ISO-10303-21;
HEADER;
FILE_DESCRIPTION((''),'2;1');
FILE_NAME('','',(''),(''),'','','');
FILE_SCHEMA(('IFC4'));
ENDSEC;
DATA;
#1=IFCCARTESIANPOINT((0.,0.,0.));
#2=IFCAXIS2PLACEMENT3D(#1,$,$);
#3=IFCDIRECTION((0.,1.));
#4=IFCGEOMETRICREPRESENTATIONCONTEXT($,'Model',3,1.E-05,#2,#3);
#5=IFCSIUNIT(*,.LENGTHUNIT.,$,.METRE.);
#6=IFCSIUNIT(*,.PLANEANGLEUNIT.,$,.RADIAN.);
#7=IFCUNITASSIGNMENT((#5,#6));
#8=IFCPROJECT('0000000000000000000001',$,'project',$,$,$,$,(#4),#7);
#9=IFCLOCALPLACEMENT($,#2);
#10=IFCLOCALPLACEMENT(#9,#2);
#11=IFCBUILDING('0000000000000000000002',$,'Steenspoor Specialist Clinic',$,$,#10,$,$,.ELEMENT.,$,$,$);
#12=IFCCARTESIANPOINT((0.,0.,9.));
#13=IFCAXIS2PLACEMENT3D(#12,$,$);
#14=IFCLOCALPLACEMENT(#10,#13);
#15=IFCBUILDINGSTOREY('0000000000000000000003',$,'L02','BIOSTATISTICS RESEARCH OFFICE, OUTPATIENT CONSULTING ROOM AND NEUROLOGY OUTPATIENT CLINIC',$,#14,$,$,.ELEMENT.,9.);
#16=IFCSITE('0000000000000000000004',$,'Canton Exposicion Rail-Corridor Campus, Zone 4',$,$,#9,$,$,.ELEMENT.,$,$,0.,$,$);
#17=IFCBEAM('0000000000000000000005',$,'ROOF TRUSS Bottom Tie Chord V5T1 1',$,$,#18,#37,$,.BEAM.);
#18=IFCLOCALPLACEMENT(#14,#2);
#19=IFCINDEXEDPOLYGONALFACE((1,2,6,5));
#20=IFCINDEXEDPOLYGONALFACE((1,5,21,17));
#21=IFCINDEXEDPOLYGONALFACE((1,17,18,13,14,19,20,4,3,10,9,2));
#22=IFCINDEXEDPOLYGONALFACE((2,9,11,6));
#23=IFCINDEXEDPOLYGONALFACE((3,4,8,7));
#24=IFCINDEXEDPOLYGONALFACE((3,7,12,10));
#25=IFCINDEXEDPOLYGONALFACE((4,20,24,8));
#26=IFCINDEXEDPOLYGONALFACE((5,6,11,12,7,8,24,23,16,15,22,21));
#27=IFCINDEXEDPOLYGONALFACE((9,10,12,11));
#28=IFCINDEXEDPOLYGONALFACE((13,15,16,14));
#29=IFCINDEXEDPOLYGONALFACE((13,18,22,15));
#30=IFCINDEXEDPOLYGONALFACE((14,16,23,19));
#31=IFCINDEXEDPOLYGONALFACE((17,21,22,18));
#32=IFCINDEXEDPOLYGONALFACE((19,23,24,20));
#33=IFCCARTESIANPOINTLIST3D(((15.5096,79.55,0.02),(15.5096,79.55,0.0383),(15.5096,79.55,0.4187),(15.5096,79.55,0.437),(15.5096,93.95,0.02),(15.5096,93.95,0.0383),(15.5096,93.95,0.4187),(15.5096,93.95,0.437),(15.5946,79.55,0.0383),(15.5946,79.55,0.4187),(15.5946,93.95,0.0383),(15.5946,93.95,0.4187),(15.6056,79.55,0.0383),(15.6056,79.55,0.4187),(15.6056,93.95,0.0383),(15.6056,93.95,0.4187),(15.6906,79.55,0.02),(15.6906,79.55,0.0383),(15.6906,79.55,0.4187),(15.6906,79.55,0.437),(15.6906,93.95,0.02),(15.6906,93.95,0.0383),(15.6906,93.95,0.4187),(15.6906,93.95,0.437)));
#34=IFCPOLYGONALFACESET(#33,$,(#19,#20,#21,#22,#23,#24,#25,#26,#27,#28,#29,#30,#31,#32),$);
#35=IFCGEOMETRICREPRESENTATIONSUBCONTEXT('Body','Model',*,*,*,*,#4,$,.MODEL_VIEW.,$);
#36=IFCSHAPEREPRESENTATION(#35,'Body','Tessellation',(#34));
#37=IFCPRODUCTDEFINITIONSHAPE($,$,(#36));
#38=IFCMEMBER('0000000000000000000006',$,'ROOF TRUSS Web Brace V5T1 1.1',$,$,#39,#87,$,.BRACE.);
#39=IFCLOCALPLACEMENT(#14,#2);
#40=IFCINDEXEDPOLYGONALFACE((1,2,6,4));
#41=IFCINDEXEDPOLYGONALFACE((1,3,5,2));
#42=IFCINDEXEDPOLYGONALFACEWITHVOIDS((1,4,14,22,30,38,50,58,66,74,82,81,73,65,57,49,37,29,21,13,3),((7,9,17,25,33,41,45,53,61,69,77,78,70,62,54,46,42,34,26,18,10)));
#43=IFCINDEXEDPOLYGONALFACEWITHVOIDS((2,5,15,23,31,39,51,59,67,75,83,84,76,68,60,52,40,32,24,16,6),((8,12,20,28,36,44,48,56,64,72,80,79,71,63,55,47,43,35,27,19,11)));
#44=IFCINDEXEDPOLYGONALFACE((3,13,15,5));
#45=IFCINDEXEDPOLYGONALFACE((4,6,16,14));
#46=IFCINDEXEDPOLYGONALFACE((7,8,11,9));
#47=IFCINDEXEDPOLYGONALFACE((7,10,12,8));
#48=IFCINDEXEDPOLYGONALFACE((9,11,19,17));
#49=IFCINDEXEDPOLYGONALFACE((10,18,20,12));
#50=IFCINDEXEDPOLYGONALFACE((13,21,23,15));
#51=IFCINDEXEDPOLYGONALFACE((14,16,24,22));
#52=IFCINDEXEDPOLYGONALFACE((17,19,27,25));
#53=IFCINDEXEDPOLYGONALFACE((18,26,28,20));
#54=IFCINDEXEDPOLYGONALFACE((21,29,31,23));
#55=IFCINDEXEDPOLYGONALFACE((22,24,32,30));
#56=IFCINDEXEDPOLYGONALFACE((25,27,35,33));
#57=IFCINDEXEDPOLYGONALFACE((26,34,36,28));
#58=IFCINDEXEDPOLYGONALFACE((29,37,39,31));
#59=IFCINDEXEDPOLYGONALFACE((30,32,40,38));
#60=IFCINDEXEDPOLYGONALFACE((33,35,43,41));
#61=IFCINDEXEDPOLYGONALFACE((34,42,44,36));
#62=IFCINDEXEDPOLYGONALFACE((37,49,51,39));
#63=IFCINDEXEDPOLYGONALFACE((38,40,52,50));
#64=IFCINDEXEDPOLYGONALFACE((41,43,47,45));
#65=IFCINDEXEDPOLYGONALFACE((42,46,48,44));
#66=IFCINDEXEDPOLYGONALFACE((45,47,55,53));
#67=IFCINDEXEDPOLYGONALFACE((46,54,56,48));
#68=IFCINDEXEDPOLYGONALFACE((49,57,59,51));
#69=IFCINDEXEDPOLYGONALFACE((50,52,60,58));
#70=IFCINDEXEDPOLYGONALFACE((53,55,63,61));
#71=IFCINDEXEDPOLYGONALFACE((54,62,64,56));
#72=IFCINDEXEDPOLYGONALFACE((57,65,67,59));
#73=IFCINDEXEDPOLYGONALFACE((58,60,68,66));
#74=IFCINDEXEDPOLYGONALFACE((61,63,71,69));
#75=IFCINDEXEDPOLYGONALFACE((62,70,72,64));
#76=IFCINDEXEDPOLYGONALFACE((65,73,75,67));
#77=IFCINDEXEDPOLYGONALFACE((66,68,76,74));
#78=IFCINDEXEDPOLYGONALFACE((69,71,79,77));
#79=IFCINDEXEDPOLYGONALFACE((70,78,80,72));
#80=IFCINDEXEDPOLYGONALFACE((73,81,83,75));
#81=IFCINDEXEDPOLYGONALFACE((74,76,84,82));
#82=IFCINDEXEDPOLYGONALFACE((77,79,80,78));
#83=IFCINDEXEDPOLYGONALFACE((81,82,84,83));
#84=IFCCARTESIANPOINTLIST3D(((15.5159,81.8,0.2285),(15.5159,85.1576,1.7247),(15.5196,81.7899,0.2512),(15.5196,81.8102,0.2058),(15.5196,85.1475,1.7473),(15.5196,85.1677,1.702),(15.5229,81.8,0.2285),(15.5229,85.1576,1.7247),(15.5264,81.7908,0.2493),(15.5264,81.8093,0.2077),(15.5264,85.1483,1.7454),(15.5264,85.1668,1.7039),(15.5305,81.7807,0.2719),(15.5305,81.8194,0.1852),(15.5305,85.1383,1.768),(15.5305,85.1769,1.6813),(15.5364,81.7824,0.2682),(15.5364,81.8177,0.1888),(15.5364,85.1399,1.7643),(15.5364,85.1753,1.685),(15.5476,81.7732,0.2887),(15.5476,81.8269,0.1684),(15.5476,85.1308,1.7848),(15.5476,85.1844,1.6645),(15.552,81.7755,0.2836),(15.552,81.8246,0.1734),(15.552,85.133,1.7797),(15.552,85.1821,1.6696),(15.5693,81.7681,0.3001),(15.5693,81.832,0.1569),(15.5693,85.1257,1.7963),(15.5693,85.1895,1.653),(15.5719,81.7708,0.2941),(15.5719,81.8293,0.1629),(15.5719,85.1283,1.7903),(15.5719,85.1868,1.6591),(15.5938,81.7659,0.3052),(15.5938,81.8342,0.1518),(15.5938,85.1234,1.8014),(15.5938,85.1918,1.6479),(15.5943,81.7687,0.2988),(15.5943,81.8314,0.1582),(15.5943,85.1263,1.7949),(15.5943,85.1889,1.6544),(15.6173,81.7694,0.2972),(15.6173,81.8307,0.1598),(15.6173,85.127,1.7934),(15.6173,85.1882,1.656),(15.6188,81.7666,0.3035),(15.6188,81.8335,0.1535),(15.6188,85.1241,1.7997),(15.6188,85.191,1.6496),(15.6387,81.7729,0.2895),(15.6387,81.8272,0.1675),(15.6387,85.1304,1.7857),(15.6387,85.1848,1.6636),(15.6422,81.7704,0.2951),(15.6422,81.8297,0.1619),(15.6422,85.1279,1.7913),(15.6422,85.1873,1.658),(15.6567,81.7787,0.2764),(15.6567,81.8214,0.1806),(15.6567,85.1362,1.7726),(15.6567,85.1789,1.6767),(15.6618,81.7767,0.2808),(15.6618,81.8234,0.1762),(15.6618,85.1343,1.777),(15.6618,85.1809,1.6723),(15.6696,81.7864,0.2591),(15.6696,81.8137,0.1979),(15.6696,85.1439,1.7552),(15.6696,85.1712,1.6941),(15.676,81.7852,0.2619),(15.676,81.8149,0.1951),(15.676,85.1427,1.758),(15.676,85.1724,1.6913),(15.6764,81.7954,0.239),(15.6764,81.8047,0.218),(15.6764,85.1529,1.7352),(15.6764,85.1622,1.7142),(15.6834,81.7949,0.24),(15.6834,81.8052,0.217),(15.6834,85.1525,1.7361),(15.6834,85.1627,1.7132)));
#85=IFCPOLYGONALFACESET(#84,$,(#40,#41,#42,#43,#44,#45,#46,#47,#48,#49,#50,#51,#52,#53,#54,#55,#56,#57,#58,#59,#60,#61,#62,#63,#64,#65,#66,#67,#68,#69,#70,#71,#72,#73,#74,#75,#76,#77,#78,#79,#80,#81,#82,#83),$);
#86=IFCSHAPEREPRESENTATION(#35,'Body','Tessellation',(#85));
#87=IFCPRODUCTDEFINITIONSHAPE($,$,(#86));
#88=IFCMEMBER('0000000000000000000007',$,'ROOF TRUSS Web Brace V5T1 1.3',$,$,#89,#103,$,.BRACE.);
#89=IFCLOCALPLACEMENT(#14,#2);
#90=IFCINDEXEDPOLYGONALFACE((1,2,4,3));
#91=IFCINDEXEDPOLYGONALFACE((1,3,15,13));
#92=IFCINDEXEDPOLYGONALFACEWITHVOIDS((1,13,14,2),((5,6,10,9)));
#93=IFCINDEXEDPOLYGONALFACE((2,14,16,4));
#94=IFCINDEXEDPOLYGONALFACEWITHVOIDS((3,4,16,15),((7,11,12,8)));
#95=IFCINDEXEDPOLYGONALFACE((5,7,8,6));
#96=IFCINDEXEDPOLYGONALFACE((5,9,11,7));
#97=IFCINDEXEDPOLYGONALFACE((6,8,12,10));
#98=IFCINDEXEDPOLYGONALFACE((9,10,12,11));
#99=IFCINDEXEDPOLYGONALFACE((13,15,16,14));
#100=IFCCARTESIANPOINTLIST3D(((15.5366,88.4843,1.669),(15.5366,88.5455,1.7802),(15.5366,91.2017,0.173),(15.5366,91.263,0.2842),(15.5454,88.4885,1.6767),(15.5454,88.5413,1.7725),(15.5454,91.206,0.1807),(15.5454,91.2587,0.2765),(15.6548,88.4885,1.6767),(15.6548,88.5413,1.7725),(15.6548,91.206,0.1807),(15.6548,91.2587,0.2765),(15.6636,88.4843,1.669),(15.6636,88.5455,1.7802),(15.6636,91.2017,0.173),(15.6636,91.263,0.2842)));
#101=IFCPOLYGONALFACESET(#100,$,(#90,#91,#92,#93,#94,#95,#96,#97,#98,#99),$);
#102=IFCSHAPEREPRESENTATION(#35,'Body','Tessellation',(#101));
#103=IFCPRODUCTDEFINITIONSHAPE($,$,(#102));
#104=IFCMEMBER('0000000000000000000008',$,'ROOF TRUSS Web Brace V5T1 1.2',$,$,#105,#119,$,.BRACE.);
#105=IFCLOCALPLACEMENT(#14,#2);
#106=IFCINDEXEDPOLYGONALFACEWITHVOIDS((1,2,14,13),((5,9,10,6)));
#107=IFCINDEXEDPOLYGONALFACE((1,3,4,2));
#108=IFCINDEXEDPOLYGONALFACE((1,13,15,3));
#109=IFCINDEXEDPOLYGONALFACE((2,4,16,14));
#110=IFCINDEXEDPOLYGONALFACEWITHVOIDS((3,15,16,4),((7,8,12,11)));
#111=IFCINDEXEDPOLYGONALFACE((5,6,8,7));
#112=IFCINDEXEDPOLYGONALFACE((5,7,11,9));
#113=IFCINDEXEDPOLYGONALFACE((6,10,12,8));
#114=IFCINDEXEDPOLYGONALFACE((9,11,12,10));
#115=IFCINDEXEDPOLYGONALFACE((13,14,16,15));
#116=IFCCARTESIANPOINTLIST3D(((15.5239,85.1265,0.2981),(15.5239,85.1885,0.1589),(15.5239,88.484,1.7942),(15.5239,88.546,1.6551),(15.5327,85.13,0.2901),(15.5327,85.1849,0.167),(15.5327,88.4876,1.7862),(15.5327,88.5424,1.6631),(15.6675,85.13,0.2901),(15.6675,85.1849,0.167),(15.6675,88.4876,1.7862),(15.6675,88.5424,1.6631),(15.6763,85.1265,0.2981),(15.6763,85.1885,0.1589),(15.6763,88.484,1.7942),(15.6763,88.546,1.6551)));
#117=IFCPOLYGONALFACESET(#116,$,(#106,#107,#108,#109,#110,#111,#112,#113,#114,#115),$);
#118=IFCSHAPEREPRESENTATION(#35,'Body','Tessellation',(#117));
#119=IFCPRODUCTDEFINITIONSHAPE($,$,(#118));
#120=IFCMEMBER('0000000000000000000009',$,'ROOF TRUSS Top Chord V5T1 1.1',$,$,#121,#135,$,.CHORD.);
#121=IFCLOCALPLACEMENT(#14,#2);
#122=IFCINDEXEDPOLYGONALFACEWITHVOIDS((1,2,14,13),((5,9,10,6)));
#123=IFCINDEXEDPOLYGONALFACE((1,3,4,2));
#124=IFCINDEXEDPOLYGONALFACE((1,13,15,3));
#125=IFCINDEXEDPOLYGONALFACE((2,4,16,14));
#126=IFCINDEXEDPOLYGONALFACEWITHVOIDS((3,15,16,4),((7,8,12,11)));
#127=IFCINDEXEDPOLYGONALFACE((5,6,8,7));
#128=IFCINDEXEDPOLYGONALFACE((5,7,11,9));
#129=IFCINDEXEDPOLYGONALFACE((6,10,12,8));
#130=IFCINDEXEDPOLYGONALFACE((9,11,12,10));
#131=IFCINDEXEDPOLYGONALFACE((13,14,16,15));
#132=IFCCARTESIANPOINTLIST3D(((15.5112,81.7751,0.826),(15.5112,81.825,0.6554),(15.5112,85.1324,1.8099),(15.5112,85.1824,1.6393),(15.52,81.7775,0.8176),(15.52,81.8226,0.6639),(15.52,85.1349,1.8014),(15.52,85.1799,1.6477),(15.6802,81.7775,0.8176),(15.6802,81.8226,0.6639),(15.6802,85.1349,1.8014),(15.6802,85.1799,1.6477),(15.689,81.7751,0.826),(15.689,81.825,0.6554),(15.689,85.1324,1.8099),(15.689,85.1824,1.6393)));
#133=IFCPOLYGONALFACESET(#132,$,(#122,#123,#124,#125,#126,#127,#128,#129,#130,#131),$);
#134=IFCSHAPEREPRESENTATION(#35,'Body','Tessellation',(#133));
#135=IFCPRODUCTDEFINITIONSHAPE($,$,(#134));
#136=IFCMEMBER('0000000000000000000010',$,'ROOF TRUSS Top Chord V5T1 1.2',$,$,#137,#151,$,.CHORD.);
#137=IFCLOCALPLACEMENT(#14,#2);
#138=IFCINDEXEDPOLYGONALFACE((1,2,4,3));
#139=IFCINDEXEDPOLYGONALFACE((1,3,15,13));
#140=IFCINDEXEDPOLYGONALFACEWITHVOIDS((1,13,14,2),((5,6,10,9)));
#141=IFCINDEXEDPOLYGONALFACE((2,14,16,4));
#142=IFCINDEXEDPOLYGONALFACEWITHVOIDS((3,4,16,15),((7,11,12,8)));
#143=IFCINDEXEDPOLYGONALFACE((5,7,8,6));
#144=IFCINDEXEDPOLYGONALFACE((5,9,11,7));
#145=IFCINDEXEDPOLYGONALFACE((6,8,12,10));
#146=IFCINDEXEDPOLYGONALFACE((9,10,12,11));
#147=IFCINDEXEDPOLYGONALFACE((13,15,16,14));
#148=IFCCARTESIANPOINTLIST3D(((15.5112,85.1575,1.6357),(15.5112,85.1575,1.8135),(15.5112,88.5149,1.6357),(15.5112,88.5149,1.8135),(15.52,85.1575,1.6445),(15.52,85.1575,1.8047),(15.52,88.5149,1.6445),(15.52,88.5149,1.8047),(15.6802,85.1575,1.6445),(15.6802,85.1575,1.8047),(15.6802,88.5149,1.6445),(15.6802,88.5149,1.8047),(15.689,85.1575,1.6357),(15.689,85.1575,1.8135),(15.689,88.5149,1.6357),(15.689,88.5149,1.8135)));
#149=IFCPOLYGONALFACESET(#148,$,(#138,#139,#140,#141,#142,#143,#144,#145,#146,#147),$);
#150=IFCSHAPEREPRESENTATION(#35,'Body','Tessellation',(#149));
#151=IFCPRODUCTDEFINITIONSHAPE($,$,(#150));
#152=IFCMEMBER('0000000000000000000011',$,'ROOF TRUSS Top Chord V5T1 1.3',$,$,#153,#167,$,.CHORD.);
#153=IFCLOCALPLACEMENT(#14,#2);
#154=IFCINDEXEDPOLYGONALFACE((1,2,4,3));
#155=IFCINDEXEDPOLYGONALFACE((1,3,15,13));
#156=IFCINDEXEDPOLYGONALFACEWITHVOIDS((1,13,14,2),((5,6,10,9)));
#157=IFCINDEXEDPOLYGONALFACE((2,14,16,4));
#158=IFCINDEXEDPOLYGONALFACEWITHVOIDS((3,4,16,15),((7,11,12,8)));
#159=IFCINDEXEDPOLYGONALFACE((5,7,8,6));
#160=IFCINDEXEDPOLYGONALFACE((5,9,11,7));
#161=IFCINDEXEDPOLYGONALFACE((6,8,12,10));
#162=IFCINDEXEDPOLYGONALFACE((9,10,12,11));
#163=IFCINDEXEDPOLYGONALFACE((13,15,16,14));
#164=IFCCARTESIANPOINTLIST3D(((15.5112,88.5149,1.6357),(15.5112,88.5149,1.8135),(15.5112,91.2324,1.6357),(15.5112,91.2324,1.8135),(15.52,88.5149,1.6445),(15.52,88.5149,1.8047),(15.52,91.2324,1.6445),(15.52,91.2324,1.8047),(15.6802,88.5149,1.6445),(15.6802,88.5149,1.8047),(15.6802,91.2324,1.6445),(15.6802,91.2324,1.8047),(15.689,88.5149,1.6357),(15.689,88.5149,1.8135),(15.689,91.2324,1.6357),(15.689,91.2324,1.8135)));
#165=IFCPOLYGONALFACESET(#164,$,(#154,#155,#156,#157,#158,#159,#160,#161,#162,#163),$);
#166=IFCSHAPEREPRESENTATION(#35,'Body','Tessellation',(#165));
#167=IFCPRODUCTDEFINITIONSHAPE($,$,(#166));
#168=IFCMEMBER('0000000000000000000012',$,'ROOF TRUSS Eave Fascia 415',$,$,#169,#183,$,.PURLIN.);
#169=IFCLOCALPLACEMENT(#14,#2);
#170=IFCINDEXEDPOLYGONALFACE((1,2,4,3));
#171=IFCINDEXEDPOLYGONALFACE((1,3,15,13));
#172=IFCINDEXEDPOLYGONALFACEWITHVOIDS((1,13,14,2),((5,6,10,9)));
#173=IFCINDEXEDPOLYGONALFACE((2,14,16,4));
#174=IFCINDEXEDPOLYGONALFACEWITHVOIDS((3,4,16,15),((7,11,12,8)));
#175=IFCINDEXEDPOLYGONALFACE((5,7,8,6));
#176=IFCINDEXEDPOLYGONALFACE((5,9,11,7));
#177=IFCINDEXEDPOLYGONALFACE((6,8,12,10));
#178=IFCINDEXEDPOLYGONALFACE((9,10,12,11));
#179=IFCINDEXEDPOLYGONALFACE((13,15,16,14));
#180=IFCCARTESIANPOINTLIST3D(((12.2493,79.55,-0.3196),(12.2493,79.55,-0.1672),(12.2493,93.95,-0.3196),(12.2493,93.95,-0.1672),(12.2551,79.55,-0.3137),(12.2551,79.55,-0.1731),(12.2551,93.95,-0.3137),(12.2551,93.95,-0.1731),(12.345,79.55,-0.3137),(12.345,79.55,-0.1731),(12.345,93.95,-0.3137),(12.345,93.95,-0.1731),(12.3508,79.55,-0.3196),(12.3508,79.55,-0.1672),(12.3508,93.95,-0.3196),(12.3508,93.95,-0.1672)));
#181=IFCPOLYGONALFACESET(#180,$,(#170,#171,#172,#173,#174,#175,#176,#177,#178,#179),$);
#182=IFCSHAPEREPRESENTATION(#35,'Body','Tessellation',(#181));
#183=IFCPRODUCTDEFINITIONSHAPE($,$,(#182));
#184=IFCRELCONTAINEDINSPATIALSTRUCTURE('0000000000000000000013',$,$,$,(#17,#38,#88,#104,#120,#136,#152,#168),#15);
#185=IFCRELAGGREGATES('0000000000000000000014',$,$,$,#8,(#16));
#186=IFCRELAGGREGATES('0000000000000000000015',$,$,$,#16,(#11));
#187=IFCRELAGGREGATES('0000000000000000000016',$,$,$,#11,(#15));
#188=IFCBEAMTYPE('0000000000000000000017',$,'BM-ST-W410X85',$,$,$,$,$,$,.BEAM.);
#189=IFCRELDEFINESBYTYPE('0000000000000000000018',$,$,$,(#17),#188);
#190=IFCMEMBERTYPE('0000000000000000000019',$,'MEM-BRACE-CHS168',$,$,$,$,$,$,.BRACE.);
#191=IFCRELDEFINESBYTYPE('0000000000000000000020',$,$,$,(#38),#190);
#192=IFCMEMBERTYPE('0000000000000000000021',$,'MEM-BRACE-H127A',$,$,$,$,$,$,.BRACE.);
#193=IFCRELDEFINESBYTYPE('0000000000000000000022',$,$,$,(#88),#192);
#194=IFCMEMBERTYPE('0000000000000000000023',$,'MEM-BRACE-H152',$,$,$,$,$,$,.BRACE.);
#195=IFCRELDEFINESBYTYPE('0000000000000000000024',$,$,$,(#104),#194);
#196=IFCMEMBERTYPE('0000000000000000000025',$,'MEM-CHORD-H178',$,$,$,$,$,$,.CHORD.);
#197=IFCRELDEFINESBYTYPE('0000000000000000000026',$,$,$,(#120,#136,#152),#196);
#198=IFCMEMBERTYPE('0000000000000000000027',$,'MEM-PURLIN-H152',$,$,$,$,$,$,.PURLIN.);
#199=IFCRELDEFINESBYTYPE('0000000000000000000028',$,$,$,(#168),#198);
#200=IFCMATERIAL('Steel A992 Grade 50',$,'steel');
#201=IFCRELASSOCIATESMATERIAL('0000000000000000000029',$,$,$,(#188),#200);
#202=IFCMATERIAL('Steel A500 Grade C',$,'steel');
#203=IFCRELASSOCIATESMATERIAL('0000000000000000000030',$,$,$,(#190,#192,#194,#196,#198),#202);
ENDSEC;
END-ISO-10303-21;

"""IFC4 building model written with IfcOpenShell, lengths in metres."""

from ifc_helpers import new_model, si_unit, direction, frame, origin, origin_2d, place, context, subcontext, project, spatial, hollow_rectangle, hollow_circle, i_section, extrude, material, material_profile, profile_set, type_object, element, save


model = new_model("IFC4")

# Units and contexts
model_context = context("Model", 3, precision=1e-05, world=origin(), true_north=direction((0.0, 1.0)))
body_context = subcontext(model_context, "Body", "Model", "MODEL_VIEW")
ifc_project = project(units=[si_unit("LENGTHUNIT", "METRE"), si_unit("PLANEANGLEUNIT", "RADIAN")], contexts=[model_context])

# Site, building, storey
site_placement = place(None, origin())
site = spatial("IfcSite", under=ifc_project, at=site_placement, Name="Canton Exposicion Rail-Corridor Campus, Zone 4", CompositionType="ELEMENT", RefElevation=0.0)
building_placement = place(site_placement, origin())
building = spatial("IfcBuilding", under=site, at=building_placement, Name="Steenspoor Specialist Clinic", CompositionType="ELEMENT")
storey_placement = place(building_placement, frame((0.0, 0.0, 9.0)))
storey = spatial("IfcBuildingStorey", under=building, at=storey_placement, Name="L02", Description="BIOSTATISTICS RESEARCH OFFICE, OUTPATIENT CONSULTING ROOM AND NEUROLOGY OUTPATIENT CLINIC", CompositionType="ELEMENT", Elevation=9.0)

# Beam
ifc_material_1 = material(Name="Steel A992 Grade 50", Category="steel")
ifc_material_profile_1 = material_profile(ifc_material_1, i_section(OverallWidth=0.1809, OverallDepth=0.417, WebThickness=0.011, FlangeThickness=0.0183, at=origin_2d()), Name="W410X85")
ifc_profile_set_1 = profile_set([ifc_material_profile_1], Name="Steel A992 Grade 50")
beam_type = type_object("IfcBeamType", Name="BM-ST-W410X85", PredefinedType="BEAM", material=ifc_profile_set_1)
beam_placement = place(storey_placement, frame((15.6001, 79.55, 0.2285), z_axis=(0.0, 1.0, 0.0), x_axis=(-1.0, 0.0, 0.0)))
element("IfcBeam", 1, at=beam_placement, inside=storey, type_object=beam_type, Name="ROOF TRUSS Bottom Tie Chord V5T1 1", PredefinedType="BEAM", context=body_context, shape_type="SweptSolid", body=[
    extrude(i_section(OverallWidth=0.1809, OverallDepth=0.417, WebThickness=0.011, FlangeThickness=0.0183, at=origin_2d()), origin(), (0.0, 0.0, 1.0), 14.3999),
])

# Members
ifc_material_2 = material(Name="Steel A500 Grade C", Category="steel")
ifc_material_profile_2 = material_profile(ifc_material_2, hollow_circle(Radius=0.0842, WallThickness=0.0071, at=origin_2d()), Name="CHS168X7.1")
ifc_profile_set_2 = profile_set([ifc_material_profile_2], Name="Steel A500 Grade C")
member_type_1 = type_object("IfcMemberType", Name="MEM-BRACE-CHS168", PredefinedType="BRACE", material=ifc_profile_set_2)
member_1_placement = place(storey_placement, frame((15.6001, 81.8, 0.2285), z_axis=(0.0, 0.913417, 0.407026), x_axis=(-1.0, 0.0, 0.0)))
element("IfcMember", 2, at=member_1_placement, inside=storey, type_object=member_type_1, Name="ROOF TRUSS Web Brace V5T1 1.1", PredefinedType="BRACE", context=body_context, shape_type="SweptSolid", body=[
    extrude(hollow_circle(Radius=0.0842, WallThickness=0.0071, at=origin_2d()), origin(), (0.0, 0.0, 1.0), 3.6758),
])
ifc_material_profile_3 = material_profile(ifc_material_2, hollow_rectangle(XDim=0.127, YDim=0.127, WallThickness=0.0088, at=origin_2d()), Name="HSS127X127X9.5")
ifc_profile_set_3 = profile_set([ifc_material_profile_3], Name="Steel A500 Grade C")
member_type_2 = type_object("IfcMemberType", Name="MEM-BRACE-H127A", PredefinedType="BRACE", material=ifc_profile_set_3)
member_2_placement = place(storey_placement, frame((15.6001, 88.5149, 1.7246), z_axis=(0.0, 0.876018, -0.482278), x_axis=(-1.0, 0.0, 0.0)))
element("IfcMember", 3, at=member_2_placement, inside=storey, type_object=member_type_2, Name="ROOF TRUSS Web Brace V5T1 1.3", PredefinedType="BRACE", context=body_context, shape_type="SweptSolid", body=[
    extrude(hollow_rectangle(XDim=0.127, YDim=0.127, WallThickness=0.0088, at=origin_2d()), origin(), (0.0, 0.0, 1.0), 3.1021),
])
ifc_material_profile_4 = material_profile(ifc_material_2, hollow_rectangle(XDim=0.1523, YDim=0.1523, WallThickness=0.0088, at=origin_2d()), Name="HSS152X152X9.5")
ifc_profile_set_4 = profile_set([ifc_material_profile_4], Name="Steel A500 Grade C")
member_type_3 = type_object("IfcMemberType", Name="MEM-BRACE-H152", PredefinedType="BRACE", material=ifc_profile_set_4)
member_3_placement = place(storey_placement, frame((15.6001, 85.1575, 0.2285), z_axis=(0.0, 0.913417, 0.407026), x_axis=(-1.0, 0.0, 0.0)))
element("IfcMember", 4, at=member_3_placement, inside=storey, type_object=member_type_3, Name="ROOF TRUSS Web Brace V5T1 1.2", PredefinedType="BRACE", context=body_context, shape_type="SweptSolid", body=[
    extrude(hollow_rectangle(XDim=0.1523, YDim=0.1523, WallThickness=0.0088, at=origin_2d()), origin(), (0.0, 0.0, 1.0), 3.6758),
])
ifc_material_profile_5 = material_profile(ifc_material_2, hollow_rectangle(XDim=0.1777, YDim=0.1777, WallThickness=0.0088, at=origin_2d()), Name="HSS178X178X9.5")
ifc_profile_set_5 = profile_set([ifc_material_profile_5], Name="Steel A500 Grade C")
member_type_4 = type_object("IfcMemberType", Name="MEM-CHORD-H178", PredefinedType="CHORD", material=ifc_profile_set_5)
member_4_placement = place(storey_placement, frame((15.6001, 81.8, 0.7407), z_axis=(0.0, 0.959643, 0.281222), x_axis=(-1.0, 0.0, 0.0)))
element("IfcMember", 5, at=member_4_placement, inside=storey, type_object=member_type_4, Name="ROOF TRUSS Top Chord V5T1 1.1", PredefinedType="CHORD", context=body_context, shape_type="SweptSolid", body=[
    extrude(hollow_rectangle(XDim=0.1777, YDim=0.1777, WallThickness=0.0088, at=origin_2d()), origin(), (0.0, 0.0, 1.0), 3.4985),
])
member_5_placement = place(storey_placement, frame((15.6001, 85.1575, 1.7246), z_axis=(0.0, 1.0, 0.0), x_axis=(-1.0, 0.0, 0.0)))
element("IfcMember", 6, at=member_5_placement, inside=storey, type_object=member_type_4, Name="ROOF TRUSS Top Chord V5T1 1.2", PredefinedType="CHORD", context=body_context, shape_type="SweptSolid", body=[
    extrude(hollow_rectangle(XDim=0.1777, YDim=0.1777, WallThickness=0.0088, at=origin_2d()), origin(), (0.0, 0.0, 1.0), 3.3574),
])
member_6_placement = place(storey_placement, frame((15.6001, 88.5149, 1.7246), z_axis=(0.0, 1.0, 0.0), x_axis=(-1.0, 0.0, 0.0)))
element("IfcMember", 7, at=member_6_placement, inside=storey, type_object=member_type_4, Name="ROOF TRUSS Top Chord V5T1 1.3", PredefinedType="CHORD", context=body_context, shape_type="SweptSolid", body=[
    extrude(hollow_rectangle(XDim=0.1777, YDim=0.1777, WallThickness=0.0088, at=origin_2d()), origin(), (0.0, 0.0, 1.0), 2.7175),
])
ifc_material_profile_6 = material_profile(ifc_material_2, hollow_rectangle(XDim=0.1016, YDim=0.1523, WallThickness=0.0059, at=origin_2d()), Name="HSS152X102X6.4")
ifc_profile_set_6 = profile_set([ifc_material_profile_6], Name="Steel A500 Grade C")
member_type_5 = type_object("IfcMemberType", Name="MEM-PURLIN-H152", PredefinedType="PURLIN", material=ifc_profile_set_6)
member_7_placement = place(storey_placement, frame((12.3, 79.55, -0.2434), z_axis=(0.0, 1.0, 0.0), x_axis=(-1.0, 0.0, 0.0)))
element("IfcMember", 8, at=member_7_placement, inside=storey, type_object=member_type_5, Name="ROOF TRUSS Eave Fascia 415", PredefinedType="PURLIN", context=body_context, shape_type="SweptSolid", body=[
    extrude(hollow_rectangle(XDim=0.1016, YDim=0.1523, WallThickness=0.0059, at=origin_2d()), origin(), (0.0, 0.0, 1.0), 14.3999),
])

save(model, "model.ifc")
